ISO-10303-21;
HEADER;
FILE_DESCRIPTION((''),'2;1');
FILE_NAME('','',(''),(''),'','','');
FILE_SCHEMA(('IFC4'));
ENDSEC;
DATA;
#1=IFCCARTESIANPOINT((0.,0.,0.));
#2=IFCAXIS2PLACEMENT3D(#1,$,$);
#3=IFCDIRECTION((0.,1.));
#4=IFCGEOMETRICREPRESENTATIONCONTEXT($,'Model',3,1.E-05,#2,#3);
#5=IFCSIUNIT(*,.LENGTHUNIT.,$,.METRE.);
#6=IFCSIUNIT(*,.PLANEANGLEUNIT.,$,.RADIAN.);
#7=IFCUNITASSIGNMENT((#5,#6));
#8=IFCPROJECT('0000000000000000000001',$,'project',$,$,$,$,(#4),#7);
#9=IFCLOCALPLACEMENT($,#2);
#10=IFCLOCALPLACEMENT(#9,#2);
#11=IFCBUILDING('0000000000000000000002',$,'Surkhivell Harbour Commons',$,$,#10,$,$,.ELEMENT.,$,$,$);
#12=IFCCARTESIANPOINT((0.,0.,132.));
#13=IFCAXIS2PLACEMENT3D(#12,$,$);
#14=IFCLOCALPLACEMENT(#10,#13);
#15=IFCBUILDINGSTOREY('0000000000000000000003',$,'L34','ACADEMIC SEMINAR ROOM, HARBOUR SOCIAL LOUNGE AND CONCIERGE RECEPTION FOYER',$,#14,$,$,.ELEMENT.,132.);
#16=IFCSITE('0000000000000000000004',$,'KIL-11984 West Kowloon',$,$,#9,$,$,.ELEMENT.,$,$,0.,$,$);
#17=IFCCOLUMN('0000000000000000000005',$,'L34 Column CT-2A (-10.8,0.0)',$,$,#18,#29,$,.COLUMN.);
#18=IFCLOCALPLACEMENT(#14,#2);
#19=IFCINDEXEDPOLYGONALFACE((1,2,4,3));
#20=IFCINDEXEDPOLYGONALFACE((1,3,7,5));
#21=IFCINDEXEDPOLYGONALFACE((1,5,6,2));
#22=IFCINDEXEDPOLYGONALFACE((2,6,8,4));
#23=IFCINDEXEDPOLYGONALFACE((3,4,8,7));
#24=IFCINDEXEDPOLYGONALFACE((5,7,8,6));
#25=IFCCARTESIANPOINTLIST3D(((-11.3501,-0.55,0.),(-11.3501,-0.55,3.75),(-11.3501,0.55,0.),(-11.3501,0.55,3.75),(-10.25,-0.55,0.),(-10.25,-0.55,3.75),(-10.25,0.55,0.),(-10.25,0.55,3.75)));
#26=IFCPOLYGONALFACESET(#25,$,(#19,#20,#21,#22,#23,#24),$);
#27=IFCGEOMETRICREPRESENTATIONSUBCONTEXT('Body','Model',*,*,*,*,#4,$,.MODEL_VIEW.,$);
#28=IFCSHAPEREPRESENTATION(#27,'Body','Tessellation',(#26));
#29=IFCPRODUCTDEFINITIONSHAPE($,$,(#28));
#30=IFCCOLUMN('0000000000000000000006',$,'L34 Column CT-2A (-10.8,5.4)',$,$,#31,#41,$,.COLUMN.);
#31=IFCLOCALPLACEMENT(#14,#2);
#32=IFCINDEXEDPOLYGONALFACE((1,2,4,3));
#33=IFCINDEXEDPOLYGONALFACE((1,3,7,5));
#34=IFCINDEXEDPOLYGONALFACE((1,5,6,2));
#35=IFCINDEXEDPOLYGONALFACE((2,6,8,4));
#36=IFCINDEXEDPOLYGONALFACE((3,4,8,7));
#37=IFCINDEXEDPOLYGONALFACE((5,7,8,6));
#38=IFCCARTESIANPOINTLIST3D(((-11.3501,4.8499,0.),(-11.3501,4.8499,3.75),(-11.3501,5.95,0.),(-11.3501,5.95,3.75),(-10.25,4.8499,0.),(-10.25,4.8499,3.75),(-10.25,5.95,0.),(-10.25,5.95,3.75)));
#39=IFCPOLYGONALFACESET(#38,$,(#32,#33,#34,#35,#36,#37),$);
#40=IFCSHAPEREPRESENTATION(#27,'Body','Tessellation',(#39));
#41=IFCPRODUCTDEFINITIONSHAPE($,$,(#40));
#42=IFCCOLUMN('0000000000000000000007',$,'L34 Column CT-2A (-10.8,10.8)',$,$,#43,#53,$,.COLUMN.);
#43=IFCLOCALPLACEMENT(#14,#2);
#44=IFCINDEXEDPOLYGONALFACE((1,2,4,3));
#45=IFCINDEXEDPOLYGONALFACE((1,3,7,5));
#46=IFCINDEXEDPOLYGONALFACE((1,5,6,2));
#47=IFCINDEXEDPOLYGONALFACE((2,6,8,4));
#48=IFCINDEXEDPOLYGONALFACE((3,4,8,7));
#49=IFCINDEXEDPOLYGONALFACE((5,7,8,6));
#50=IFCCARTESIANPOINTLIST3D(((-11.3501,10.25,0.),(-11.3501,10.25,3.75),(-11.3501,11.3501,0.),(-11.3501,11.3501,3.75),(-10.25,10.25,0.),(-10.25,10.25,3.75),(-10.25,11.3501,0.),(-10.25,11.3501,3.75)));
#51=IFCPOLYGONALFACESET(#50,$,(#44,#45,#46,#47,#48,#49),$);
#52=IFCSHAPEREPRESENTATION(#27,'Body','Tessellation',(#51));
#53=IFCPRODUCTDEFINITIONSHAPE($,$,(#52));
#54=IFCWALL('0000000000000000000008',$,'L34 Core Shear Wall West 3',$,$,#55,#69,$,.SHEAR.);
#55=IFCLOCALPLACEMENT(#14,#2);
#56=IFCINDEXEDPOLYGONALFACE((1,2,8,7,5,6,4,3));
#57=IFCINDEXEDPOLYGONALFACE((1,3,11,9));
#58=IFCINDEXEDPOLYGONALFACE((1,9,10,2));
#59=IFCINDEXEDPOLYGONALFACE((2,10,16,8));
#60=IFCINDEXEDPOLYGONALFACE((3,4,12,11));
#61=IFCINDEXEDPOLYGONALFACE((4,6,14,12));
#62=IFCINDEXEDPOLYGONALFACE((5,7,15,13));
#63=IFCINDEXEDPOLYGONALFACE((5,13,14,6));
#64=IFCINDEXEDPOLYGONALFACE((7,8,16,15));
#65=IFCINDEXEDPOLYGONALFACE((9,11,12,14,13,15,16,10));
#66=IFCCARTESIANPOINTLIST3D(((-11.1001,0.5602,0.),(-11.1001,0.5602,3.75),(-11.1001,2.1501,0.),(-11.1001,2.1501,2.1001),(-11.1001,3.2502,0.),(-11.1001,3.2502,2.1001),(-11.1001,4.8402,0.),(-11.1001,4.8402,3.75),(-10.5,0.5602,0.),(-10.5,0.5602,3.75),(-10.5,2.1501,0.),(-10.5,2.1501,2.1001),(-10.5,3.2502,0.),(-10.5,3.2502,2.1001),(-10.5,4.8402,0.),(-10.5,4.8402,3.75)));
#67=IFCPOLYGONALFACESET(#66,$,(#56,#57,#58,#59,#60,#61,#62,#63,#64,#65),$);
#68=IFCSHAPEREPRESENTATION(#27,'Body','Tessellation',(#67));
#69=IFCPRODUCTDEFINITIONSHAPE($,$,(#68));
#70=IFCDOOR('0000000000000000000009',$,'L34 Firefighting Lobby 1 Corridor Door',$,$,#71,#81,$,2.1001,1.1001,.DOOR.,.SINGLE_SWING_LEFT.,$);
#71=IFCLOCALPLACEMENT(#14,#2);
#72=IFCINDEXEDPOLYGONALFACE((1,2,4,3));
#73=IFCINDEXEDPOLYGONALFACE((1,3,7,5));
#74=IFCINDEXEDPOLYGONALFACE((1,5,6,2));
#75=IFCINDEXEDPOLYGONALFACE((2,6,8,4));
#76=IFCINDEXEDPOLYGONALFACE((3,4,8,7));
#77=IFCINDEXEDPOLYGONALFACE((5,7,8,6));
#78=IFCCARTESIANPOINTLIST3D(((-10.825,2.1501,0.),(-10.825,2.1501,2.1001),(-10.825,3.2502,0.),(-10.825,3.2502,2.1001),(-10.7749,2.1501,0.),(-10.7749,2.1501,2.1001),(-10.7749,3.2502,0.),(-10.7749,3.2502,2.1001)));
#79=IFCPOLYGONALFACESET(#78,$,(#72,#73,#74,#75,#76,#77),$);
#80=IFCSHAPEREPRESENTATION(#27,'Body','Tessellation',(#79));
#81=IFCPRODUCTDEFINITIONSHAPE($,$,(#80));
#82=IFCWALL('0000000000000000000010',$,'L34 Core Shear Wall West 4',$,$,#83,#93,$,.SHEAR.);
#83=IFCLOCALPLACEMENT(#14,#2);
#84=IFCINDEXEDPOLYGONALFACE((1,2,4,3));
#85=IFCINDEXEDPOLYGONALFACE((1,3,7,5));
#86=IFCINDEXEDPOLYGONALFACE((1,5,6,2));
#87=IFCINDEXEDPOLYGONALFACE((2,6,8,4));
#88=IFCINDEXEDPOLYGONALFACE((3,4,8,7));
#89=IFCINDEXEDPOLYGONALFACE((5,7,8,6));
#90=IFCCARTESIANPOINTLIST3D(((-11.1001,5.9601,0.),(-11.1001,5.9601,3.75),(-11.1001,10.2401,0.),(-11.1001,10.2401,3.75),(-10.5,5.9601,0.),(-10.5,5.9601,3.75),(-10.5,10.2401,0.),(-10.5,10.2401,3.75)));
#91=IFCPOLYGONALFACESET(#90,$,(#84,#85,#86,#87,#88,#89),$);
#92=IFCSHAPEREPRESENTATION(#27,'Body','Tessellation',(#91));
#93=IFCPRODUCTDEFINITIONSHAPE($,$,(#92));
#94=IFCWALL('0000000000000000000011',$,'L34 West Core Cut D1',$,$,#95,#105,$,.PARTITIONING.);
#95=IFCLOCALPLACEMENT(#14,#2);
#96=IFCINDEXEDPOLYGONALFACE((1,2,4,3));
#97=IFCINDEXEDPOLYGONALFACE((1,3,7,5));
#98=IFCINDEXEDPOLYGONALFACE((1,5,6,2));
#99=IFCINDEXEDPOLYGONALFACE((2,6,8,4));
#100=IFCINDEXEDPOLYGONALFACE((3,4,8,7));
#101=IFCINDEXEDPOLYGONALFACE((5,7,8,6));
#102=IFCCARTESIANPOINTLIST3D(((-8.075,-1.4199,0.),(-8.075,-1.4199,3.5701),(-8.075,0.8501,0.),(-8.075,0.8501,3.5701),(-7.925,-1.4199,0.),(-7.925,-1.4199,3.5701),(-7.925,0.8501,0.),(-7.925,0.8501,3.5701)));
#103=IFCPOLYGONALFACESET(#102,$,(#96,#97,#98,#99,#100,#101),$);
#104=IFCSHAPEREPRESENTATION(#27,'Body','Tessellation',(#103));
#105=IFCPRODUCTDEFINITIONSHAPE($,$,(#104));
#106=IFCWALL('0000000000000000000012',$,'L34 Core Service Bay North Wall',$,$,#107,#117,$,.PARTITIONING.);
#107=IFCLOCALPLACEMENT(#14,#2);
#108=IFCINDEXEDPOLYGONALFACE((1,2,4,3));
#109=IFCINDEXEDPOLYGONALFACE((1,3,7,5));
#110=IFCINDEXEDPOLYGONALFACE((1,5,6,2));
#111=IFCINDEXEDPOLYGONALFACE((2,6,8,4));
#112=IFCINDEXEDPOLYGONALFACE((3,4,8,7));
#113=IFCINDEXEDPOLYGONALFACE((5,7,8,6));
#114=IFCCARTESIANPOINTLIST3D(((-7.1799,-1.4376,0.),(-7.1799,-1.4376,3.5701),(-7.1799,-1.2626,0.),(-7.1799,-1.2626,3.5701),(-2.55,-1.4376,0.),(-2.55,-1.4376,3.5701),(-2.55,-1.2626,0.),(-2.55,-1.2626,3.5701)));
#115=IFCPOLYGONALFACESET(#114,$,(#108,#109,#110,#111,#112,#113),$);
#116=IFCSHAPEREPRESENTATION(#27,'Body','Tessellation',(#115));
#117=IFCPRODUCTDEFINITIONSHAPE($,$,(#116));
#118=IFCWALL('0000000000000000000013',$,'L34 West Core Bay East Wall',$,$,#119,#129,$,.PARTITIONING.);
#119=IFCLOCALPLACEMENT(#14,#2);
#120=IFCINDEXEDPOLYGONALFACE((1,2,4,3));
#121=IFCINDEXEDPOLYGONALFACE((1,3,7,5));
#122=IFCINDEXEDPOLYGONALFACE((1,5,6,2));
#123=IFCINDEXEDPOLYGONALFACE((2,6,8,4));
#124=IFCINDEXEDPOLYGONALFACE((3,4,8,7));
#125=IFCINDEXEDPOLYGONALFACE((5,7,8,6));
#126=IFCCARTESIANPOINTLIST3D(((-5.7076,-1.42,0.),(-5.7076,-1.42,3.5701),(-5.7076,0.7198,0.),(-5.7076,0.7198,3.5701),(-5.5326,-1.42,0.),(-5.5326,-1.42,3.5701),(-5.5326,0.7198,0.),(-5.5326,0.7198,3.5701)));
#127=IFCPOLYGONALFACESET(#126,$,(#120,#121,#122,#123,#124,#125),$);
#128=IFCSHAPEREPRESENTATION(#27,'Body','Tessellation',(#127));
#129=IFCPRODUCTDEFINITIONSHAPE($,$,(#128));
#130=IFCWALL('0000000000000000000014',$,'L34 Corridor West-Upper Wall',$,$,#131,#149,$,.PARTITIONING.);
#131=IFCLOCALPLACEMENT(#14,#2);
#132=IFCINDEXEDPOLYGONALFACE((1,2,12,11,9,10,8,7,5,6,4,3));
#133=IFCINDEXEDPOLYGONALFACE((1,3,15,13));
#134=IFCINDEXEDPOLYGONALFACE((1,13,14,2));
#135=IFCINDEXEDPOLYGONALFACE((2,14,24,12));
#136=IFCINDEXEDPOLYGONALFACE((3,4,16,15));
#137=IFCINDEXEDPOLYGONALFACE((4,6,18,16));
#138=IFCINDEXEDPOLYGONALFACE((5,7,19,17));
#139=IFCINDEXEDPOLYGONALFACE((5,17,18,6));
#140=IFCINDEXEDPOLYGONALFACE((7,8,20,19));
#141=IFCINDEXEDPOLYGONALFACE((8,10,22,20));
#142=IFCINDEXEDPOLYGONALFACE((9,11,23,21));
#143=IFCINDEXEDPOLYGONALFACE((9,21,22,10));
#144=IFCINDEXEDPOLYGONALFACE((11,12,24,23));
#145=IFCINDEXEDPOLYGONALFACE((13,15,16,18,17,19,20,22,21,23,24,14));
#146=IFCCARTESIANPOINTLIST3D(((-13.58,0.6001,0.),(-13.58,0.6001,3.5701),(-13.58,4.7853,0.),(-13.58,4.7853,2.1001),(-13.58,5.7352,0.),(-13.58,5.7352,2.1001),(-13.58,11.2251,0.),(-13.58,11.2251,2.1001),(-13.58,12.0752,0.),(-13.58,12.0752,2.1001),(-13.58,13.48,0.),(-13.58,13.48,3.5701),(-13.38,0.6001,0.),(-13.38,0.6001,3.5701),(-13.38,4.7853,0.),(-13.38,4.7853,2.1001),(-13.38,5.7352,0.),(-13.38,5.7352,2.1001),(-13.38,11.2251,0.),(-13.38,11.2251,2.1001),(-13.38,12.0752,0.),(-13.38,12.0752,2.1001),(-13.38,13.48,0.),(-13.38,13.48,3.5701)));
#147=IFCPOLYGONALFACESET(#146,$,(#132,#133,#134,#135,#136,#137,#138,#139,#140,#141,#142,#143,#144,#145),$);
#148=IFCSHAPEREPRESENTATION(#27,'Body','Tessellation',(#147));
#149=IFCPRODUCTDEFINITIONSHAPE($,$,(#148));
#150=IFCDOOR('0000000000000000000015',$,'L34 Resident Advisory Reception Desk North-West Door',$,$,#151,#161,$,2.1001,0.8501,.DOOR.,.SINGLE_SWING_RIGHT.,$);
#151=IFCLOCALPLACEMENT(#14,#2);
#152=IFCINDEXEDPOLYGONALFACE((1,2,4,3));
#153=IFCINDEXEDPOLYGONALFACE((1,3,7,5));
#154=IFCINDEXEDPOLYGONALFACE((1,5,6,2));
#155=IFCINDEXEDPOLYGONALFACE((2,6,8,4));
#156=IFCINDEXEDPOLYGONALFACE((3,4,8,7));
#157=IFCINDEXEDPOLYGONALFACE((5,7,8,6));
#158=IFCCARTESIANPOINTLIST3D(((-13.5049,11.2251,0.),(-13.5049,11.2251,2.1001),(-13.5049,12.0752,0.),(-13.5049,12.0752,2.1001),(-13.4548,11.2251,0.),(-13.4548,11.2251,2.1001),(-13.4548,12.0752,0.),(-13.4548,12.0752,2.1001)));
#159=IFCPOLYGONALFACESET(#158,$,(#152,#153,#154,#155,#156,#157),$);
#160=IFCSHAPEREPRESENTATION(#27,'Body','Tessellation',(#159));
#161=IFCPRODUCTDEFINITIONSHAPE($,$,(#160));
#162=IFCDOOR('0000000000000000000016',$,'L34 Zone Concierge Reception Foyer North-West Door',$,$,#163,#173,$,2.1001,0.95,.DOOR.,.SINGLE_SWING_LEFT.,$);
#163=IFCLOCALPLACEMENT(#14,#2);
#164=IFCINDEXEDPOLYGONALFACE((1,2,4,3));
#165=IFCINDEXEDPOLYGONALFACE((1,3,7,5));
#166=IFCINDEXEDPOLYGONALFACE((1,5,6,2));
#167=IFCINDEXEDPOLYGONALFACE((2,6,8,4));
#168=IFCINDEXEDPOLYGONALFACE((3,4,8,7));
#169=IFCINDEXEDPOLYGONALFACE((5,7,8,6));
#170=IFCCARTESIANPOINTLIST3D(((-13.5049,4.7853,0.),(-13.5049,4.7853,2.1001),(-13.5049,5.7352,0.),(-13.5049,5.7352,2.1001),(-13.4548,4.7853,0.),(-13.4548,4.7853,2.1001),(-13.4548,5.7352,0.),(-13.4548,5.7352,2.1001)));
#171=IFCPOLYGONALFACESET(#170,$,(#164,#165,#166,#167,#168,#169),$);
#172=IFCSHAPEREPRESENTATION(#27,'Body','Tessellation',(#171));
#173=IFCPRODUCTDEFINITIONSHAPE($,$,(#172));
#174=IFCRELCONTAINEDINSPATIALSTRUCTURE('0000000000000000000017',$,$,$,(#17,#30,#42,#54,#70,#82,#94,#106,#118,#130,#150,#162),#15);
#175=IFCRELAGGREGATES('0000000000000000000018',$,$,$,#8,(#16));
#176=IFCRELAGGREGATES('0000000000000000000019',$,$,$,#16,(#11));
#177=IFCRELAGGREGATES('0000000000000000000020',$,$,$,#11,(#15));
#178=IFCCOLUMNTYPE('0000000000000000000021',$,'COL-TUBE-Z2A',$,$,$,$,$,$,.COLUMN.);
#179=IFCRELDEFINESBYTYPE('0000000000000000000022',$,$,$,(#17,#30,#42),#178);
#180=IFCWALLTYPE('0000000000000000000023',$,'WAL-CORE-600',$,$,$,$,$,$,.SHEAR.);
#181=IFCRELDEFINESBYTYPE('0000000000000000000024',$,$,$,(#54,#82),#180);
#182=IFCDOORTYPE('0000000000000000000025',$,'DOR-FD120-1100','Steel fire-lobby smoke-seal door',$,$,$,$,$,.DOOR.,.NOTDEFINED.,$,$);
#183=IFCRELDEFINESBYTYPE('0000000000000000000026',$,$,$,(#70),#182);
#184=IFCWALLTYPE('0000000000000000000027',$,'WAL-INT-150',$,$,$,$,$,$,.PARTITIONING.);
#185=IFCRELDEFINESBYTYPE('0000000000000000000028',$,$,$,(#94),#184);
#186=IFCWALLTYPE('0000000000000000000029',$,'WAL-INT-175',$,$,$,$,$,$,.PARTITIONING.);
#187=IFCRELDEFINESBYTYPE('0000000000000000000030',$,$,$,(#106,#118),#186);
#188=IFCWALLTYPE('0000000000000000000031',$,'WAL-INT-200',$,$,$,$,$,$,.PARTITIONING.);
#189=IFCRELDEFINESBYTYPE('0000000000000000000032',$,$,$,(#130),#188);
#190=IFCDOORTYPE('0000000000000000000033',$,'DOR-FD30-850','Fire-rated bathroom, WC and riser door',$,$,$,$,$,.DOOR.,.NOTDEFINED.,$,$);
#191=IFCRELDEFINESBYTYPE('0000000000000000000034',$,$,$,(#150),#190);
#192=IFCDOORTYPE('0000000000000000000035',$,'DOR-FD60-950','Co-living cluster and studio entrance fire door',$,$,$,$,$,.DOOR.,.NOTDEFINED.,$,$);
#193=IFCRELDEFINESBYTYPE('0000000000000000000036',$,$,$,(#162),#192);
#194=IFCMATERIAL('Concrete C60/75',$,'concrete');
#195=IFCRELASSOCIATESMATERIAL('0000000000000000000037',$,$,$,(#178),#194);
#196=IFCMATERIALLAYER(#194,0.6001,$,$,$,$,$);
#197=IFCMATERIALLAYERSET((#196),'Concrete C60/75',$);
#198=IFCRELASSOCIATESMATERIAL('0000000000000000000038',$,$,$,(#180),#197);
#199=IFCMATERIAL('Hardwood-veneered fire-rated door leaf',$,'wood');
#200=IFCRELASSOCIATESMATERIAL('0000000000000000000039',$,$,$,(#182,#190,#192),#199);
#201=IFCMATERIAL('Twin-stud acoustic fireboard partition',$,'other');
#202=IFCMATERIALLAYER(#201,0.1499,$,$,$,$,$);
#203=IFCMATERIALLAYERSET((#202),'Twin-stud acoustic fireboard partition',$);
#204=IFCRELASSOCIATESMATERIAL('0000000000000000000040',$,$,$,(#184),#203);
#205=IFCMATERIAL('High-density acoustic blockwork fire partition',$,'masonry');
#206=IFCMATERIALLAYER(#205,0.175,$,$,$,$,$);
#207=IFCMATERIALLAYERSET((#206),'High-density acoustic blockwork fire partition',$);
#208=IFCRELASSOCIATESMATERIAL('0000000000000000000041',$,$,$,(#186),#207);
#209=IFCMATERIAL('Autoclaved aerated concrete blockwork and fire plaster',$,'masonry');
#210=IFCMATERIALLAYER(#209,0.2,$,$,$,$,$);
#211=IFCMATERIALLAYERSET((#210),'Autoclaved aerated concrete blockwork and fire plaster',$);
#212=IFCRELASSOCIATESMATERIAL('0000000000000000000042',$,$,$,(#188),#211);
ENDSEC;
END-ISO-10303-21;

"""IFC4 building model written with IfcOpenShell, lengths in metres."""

from ifc_helpers import new_model, si_unit, direction, frame, frame_2d, origin, origin_2d, place, context, subcontext, project, spatial, rectangle, extrude, material, layer, layer_set, material_profile, profile_set, type_object, element, fill, save


model = new_model("IFC4")

# Units and contexts
model_context = context("Model", 3, precision=1e-05, world=origin(), true_north=direction((0.0, 1.0)))
body_context = subcontext(model_context, "Body", "Model", "MODEL_VIEW")
ifc_project = project(units=[si_unit("LENGTHUNIT", "METRE"), si_unit("PLANEANGLEUNIT", "RADIAN")], contexts=[model_context])

# Site, building, storey
site_placement = place(None, origin())
site = spatial("IfcSite", under=ifc_project, at=site_placement, Name="KIL-11984 West Kowloon", CompositionType="ELEMENT", RefElevation=0.0)
building_placement = place(site_placement, origin())
building = spatial("IfcBuilding", under=site, at=building_placement, Name="Surkhivell Harbour Commons", CompositionType="ELEMENT")
storey_placement = place(building_placement, frame((0.0, 0.0, 132.0)))
storey = spatial("IfcBuildingStorey", under=building, at=storey_placement, Name="L34", Description="ACADEMIC SEMINAR ROOM, HARBOUR SOCIAL LOUNGE AND CONCIERGE RECEPTION FOYER", CompositionType="ELEMENT", Elevation=132.0)

# Columns
ifc_material_1 = material(Name="Concrete C60/75", Category="concrete")
ifc_material_profile = material_profile(ifc_material_1, rectangle(XDim=1.1001, YDim=1.1001, at=origin_2d()), Name="RC-COL-1100x1100")
ifc_profile_set = profile_set([ifc_material_profile], Name="Concrete C60/75")
column_type = type_object("IfcColumnType", Name="COL-TUBE-Z2A", PredefinedType="COLUMN", material=ifc_profile_set)
for number, where, z_axis, x_axis, name in (
    (1, (-10.8, 0.0, 0.0), (0.0, 0.0, 1.0), (1.0, 0.0, 0.0), "L34 Column CT-2A (-10.8,0.0)"),
    (2, (-10.8, 5.3999, 0.0), (0.0, 0.0, 1.0), (1.0, 0.0, 0.0), "L34 Column CT-2A (-10.8,5.4)"),
    (3, (-10.8, 10.8, 0.0), (0.0, 0.0, 1.0), (1.0, 0.0, 0.0), "L34 Column CT-2A (-10.8,10.8)"),
):
    element("IfcColumn", number, at=place(storey_placement, frame(where, z_axis=z_axis, x_axis=x_axis)), inside=storey, type_object=column_type, Name=name, PredefinedType="COLUMN", context=body_context, shape_type="SweptSolid", body=[
        extrude(rectangle(XDim=1.1001, YDim=1.1001, at=origin_2d()), origin(), (0.0, 0.0, 1.0), 3.75),
    ])

# Wall, opening, door
ifc_layer_1 = layer(ifc_material_1, 0.6001)
ifc_layer_set_1 = layer_set([ifc_layer_1], Name="Concrete C60/75")
wall_type_1 = type_object("IfcWallType", Name="WAL-CORE-600", PredefinedType="SHEAR", material=ifc_layer_set_1)
wall_1_placement = place(storey_placement, frame((-10.8, 0.5601, 0.0), z_axis=(0.0, 0.0, 1.0), x_axis=(0.0, 1.0, 0.0)))
wall_1 = element("IfcWall", 4, at=wall_1_placement, inside=storey, type_object=wall_type_1, Name="L34 Core Shear Wall West 3", PredefinedType="SHEAR", context=body_context, shape_type="SweptSolid", body=[
    extrude(rectangle(XDim=4.28, YDim=0.6001, at=frame_2d((2.1401, 0.0))), origin(), (0.0, 0.0, 1.0), 3.75),
])
opening_1_placement = place(wall_1_placement, frame((1.5901, 0.0, 0.0)))
opening_1 = element("IfcOpeningElement", 5, at=opening_1_placement, cuts=wall_1, PredefinedType="OPENING", context=body_context, shape_type="SweptSolid", body=[
    extrude(rectangle(XDim=1.1001, YDim=2.1001, at=frame_2d((0.55, 1.05))), frame((0.0, 0.3101, 0.0), z_axis=(0.0, -1.0, 0.0), x_axis=(1.0, 0.0, 0.0)), (0.0, 0.0, 1.0), 0.6201),
])
ifc_material_2 = material(Name="Hardwood-veneered fire-rated door leaf", Category="wood")
door_type_1 = type_object("IfcDoorType", Name="DOR-FD120-1100", Description="Steel fire-lobby smoke-seal door", OperationType="NOTDEFINED", PredefinedType="DOOR", material=ifc_material_2)
door_1_placement = place(opening_1_placement, origin())
door_1 = element("IfcDoor", 6, at=door_1_placement, inside=storey, type_object=door_type_1, Name="L34 Firefighting Lobby 1 Corridor Door", OperationType="SINGLE_SWING_LEFT", OverallHeight=2.1001, OverallWidth=1.1001, PredefinedType="DOOR", context=body_context, shape_type="SweptSolid", body=[
    extrude(rectangle(XDim=1.1001, YDim=2.1001, at=frame_2d((0.55, 1.05))), frame((0.0, 0.0249, 0.0), z_axis=(0.0, -1.0, 0.0), x_axis=(1.0, 0.0, 0.0)), (0.0, 0.0, 1.0), 0.05),
])
fill(opening_1, door_1)

# Walls
wall_2_placement = place(storey_placement, frame((-10.8, 5.96, 0.0), z_axis=(0.0, 0.0, 1.0), x_axis=(0.0, 1.0, 0.0)))
element("IfcWall", 7, at=wall_2_placement, inside=storey, type_object=wall_type_1, Name="L34 Core Shear Wall West 4", PredefinedType="SHEAR", context=body_context, shape_type="SweptSolid", body=[
    extrude(rectangle(XDim=4.28, YDim=0.6001, at=frame_2d((2.1401, 0.0))), origin(), (0.0, 0.0, 1.0), 3.75),
])
ifc_material_3 = material(Name="Twin-stud acoustic fireboard partition", Category="other")
ifc_layer_2 = layer(ifc_material_3, 0.1499)
ifc_layer_set_2 = layer_set([ifc_layer_2], Name="Twin-stud acoustic fireboard partition")
wall_type_2 = type_object("IfcWallType", Name="WAL-INT-150", PredefinedType="PARTITIONING", material=ifc_layer_set_2)
wall_3_placement = place(storey_placement, frame((-8.0, -1.4199, 0.0), z_axis=(0.0, 0.0, 1.0), x_axis=(0.0, 1.0, 0.0)))
element("IfcWall", 8, at=wall_3_placement, inside=storey, type_object=wall_type_2, Name="L34 West Core Cut D1", PredefinedType="PARTITIONING", context=body_context, shape_type="SweptSolid", body=[
    extrude(rectangle(XDim=2.27, YDim=0.1499, at=frame_2d((1.135, 0.0))), origin(), (0.0, 0.0, 1.0), 3.5701),
])
ifc_material_4 = material(Name="High-density acoustic blockwork fire partition", Category="masonry")
ifc_layer_3 = layer(ifc_material_4, 0.175)
ifc_layer_set_3 = layer_set([ifc_layer_3], Name="High-density acoustic blockwork fire partition")
wall_type_3 = type_object("IfcWallType", Name="WAL-INT-175", PredefinedType="PARTITIONING", material=ifc_layer_set_3)
wall_4_placement = place(storey_placement, frame((-7.1799, -1.3501, 0.0), z_axis=(0.0, 0.0, 1.0), x_axis=(1.0, 0.0, 0.0)))
element("IfcWall", 9, at=wall_4_placement, inside=storey, type_object=wall_type_3, Name="L34 Core Service Bay North Wall", PredefinedType="PARTITIONING", context=body_context, shape_type="SweptSolid", body=[
    extrude(rectangle(XDim=4.6299, YDim=0.175, at=frame_2d((2.3149, 0.0))), origin(), (0.0, 0.0, 1.0), 3.5701),
])
wall_5_placement = place(storey_placement, frame((-5.6201, -1.4199, 0.0), z_axis=(0.0, 0.0, 1.0), x_axis=(0.0, 1.0, 0.0)))
element("IfcWall", 10, at=wall_5_placement, inside=storey, type_object=wall_type_3, Name="L34 West Core Bay East Wall", PredefinedType="PARTITIONING", context=body_context, shape_type="SweptSolid", body=[
    extrude(rectangle(XDim=2.1399, YDim=0.175, at=frame_2d((1.0698, 0.0))), origin(), (0.0, 0.0, 1.0), 3.5701),
])

# Wall, openings, doors
ifc_material_5 = material(Name="Autoclaved aerated concrete blockwork and fire plaster", Category="masonry")
ifc_layer_4 = layer(ifc_material_5, 0.2)
ifc_layer_set_4 = layer_set([ifc_layer_4], Name="Autoclaved aerated concrete blockwork and fire plaster")
wall_type_4 = type_object("IfcWallType", Name="WAL-INT-200", PredefinedType="PARTITIONING", material=ifc_layer_set_4)
wall_6_placement = place(storey_placement, frame((-13.48, 0.6001, 0.0), z_axis=(0.0, 0.0, 1.0), x_axis=(0.0, 1.0, 0.0)))
wall_6 = element("IfcWall", 11, at=wall_6_placement, inside=storey, type_object=wall_type_4, Name="L34 Corridor West-Upper Wall", PredefinedType="PARTITIONING", context=body_context, shape_type="SweptSolid", body=[
    extrude(rectangle(XDim=12.8799, YDim=0.2, at=frame_2d((6.4399, 0.0))), origin(), (0.0, 0.0, 1.0), 3.5701),
])
opening_2_placement = place(wall_6_placement, frame((4.1851, 0.0, 0.0)))
opening_2 = element("IfcOpeningElement", 12, at=opening_2_placement, cuts=wall_6, PredefinedType="OPENING", context=body_context, shape_type="SweptSolid", body=[
    extrude(rectangle(XDim=0.95, YDim=2.1001, at=frame_2d((0.4751, 1.05))), frame((0.0, 0.1099, 0.0), z_axis=(0.0, -1.0, 0.0), x_axis=(1.0, 0.0, 0.0)), (0.0, 0.0, 1.0), 0.22),
])
opening_3_placement = place(wall_6_placement, frame((10.625, 0.0, 0.0)))
opening_3 = element("IfcOpeningElement", 13, at=opening_3_placement, cuts=wall_6, PredefinedType="OPENING", context=body_context, shape_type="SweptSolid", body=[
    extrude(rectangle(XDim=0.8501, YDim=2.1001, at=frame_2d((0.425, 1.05))), frame((0.0, 0.1099, 0.0), z_axis=(0.0, -1.0, 0.0), x_axis=(1.0, 0.0, 0.0)), (0.0, 0.0, 1.0), 0.22),
])
door_type_2 = type_object("IfcDoorType", Name="DOR-FD30-850", Description="Fire-rated bathroom, WC and riser door", OperationType="NOTDEFINED", PredefinedType="DOOR", material=ifc_material_2)
door_2_placement = place(opening_3_placement, origin())
door_2 = element("IfcDoor", 14, at=door_2_placement, inside=storey, type_object=door_type_2, Name="L34 Resident Advisory Reception Desk North-West Door", OperationType="SINGLE_SWING_RIGHT", OverallHeight=2.1001, OverallWidth=0.8501, PredefinedType="DOOR", context=body_context, shape_type="SweptSolid", body=[
    extrude(rectangle(XDim=0.8501, YDim=2.1001, at=frame_2d((0.425, 1.05))), frame((0.0, 0.0249, 0.0), z_axis=(0.0, -1.0, 0.0), x_axis=(1.0, 0.0, 0.0)), (0.0, 0.0, 1.0), 0.05),
])
fill(opening_3, door_2)
door_type_3 = type_object("IfcDoorType", Name="DOR-FD60-950", Description="Co-living cluster and studio entrance fire door", OperationType="NOTDEFINED", PredefinedType="DOOR", material=ifc_material_2)
door_3_placement = place(opening_2_placement, origin())
door_3 = element("IfcDoor", 15, at=door_3_placement, inside=storey, type_object=door_type_3, Name="L34 Zone Concierge Reception Foyer North-West Door", OperationType="SINGLE_SWING_LEFT", OverallHeight=2.1001, OverallWidth=0.95, PredefinedType="DOOR", context=body_context, shape_type="SweptSolid", body=[
    extrude(rectangle(XDim=0.95, YDim=2.1001, at=frame_2d((0.4751, 1.05))), frame((0.0, 0.0249, 0.0), z_axis=(0.0, -1.0, 0.0), x_axis=(1.0, 0.0, 0.0)), (0.0, 0.0, 1.0), 0.05),
])
fill(opening_2, door_3)

save(model, "model.ifc")
